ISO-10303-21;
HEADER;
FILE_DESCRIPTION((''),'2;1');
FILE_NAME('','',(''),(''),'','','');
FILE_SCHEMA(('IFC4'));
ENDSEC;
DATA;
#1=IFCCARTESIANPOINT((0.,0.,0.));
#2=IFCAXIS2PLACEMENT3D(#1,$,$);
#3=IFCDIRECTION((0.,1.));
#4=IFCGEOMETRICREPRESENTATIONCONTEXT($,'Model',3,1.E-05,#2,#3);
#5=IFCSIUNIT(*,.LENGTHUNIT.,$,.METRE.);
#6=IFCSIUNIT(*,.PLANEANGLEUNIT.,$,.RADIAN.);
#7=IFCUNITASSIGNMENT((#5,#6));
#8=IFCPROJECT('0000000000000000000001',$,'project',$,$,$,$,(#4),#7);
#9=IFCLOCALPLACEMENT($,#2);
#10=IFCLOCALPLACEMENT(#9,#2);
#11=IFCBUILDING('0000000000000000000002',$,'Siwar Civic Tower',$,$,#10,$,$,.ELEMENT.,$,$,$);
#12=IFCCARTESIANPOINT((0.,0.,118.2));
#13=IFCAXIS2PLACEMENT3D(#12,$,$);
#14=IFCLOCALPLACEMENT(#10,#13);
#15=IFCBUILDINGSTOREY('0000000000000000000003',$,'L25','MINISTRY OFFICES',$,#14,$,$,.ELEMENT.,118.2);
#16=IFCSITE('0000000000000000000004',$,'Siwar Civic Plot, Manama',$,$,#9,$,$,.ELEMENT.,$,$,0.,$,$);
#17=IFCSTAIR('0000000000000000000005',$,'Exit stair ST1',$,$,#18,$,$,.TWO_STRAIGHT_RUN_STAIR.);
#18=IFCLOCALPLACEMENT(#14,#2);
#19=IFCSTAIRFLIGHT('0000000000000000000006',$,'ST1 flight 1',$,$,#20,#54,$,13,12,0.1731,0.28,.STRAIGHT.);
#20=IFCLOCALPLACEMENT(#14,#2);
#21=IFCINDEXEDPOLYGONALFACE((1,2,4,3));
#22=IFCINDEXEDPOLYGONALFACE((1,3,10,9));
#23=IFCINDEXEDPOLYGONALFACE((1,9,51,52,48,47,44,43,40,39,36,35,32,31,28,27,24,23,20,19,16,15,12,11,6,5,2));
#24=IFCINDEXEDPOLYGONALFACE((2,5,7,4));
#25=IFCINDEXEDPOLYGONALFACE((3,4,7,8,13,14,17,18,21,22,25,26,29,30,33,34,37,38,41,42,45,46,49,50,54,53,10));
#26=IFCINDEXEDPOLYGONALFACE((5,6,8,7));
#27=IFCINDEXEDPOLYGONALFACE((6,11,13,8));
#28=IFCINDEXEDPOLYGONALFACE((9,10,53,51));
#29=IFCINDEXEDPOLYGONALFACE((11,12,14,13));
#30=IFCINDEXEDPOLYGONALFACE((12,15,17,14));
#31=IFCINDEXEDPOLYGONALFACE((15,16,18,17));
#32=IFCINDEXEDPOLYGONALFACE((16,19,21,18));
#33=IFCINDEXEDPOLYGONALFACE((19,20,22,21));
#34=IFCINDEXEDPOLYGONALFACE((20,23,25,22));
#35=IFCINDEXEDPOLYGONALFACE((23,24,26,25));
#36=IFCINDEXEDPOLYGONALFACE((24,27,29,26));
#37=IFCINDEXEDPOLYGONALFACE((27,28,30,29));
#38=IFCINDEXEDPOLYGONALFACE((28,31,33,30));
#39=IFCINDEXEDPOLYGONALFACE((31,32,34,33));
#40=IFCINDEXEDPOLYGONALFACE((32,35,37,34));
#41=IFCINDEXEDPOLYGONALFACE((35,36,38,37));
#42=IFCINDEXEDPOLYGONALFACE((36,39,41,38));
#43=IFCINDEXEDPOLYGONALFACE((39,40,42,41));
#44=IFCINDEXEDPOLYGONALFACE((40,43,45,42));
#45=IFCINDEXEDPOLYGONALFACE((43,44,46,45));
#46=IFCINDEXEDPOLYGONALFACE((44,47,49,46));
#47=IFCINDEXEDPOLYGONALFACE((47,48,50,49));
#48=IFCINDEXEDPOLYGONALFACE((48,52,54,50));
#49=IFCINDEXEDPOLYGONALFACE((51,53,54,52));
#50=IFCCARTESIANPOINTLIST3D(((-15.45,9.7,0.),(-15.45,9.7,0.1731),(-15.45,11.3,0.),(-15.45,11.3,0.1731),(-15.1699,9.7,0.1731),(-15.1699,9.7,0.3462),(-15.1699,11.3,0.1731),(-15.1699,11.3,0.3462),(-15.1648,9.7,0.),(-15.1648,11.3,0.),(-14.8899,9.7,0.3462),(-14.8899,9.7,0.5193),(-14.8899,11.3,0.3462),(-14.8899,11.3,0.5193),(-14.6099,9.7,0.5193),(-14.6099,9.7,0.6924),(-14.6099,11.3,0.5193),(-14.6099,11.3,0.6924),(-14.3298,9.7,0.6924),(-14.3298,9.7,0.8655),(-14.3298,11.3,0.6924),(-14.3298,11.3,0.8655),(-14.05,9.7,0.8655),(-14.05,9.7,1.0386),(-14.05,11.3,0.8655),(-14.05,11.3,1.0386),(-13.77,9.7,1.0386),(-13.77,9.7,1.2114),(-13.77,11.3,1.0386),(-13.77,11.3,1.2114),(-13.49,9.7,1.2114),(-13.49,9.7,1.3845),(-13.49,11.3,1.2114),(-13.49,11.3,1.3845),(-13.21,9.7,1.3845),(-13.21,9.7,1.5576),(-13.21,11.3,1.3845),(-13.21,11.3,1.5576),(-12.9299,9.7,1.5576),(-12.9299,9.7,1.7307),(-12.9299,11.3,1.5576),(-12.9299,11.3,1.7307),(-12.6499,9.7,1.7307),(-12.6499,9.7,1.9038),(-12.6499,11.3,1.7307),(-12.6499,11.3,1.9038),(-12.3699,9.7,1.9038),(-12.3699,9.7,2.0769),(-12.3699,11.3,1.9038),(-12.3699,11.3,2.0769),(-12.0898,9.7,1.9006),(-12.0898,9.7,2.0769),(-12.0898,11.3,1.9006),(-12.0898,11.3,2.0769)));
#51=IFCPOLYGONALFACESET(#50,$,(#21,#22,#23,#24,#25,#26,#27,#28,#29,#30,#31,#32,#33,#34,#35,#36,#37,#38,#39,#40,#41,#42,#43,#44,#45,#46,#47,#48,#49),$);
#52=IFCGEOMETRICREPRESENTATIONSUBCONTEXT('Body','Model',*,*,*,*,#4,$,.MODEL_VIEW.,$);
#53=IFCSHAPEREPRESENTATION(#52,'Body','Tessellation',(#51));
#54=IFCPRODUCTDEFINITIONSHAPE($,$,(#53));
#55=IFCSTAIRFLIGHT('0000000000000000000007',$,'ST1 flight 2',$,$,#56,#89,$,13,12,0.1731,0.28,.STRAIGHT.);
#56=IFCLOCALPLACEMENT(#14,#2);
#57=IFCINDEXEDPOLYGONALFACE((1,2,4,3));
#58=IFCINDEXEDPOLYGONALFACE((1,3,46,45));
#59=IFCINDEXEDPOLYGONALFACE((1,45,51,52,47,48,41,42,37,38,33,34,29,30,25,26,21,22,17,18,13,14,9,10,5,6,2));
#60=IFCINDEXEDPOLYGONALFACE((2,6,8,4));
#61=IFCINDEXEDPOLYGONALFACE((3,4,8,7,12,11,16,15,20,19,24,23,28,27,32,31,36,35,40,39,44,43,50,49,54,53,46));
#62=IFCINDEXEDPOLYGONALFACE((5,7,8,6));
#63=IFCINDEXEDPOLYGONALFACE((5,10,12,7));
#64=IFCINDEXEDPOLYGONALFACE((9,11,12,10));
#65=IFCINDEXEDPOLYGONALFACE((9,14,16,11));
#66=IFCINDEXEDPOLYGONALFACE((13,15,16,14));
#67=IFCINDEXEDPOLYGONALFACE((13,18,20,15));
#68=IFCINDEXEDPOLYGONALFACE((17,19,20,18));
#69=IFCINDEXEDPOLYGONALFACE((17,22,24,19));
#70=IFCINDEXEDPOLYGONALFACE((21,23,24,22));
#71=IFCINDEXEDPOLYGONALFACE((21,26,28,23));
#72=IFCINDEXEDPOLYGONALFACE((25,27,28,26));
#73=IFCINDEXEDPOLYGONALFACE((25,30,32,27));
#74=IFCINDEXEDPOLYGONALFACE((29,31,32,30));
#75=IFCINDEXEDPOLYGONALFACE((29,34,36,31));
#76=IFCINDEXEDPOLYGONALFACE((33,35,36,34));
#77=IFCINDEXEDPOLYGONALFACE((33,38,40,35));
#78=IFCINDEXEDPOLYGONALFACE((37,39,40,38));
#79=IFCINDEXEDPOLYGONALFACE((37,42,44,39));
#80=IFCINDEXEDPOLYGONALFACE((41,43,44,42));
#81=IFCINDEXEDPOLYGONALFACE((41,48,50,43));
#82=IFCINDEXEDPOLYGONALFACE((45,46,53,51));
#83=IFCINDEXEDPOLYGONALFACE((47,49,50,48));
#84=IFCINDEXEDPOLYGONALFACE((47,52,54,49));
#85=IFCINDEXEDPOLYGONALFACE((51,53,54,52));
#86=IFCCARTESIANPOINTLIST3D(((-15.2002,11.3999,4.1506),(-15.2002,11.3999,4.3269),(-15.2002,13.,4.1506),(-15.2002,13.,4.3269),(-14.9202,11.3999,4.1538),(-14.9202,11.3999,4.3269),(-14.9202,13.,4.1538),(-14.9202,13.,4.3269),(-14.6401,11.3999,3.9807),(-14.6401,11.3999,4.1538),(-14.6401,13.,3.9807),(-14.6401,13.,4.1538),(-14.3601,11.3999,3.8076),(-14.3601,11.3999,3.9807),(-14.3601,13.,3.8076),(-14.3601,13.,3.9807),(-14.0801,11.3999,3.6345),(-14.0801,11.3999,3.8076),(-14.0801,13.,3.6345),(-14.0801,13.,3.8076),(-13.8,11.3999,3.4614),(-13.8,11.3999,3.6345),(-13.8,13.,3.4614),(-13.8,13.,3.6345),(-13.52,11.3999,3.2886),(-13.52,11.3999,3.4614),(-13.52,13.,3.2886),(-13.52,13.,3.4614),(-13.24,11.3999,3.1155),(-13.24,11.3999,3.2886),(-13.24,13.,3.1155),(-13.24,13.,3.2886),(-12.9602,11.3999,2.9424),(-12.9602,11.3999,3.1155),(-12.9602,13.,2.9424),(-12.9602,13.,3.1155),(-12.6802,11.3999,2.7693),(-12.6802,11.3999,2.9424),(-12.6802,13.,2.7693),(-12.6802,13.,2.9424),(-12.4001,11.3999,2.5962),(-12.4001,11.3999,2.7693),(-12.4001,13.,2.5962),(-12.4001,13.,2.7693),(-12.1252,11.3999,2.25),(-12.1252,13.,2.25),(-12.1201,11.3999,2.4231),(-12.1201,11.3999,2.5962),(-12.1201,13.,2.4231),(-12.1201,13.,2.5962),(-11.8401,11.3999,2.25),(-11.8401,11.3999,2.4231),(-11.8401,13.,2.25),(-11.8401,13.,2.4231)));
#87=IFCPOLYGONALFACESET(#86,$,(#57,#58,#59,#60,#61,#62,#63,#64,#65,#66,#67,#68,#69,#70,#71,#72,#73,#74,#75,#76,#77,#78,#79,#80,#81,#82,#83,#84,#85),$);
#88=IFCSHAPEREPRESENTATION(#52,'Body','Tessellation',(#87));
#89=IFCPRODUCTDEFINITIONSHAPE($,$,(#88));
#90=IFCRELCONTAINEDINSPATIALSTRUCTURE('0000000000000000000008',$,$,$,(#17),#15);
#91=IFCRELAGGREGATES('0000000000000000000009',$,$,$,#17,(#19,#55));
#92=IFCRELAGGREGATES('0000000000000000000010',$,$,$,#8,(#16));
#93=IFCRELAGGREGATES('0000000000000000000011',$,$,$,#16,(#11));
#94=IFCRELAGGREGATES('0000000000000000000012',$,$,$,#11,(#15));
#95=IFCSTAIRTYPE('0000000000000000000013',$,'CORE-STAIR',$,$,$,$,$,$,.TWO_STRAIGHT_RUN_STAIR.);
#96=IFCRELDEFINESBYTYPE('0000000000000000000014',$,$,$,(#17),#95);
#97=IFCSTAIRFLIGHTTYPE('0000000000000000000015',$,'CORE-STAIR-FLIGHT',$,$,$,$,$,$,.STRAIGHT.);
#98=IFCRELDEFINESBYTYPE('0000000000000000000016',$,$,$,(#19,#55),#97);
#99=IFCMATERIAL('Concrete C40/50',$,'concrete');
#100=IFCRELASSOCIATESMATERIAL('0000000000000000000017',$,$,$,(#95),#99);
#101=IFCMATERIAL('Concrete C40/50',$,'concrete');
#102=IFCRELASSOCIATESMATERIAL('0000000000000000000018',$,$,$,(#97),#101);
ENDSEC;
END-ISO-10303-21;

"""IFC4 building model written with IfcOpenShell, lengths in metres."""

from ifc_helpers import new_model, si_unit, direction, frame, origin, place, context, subcontext, project, spatial, polyline, outline, extrude, material, type_object, element, aggregate, save


model = new_model("IFC4")

# Units and contexts
model_context = context("Model", 3, precision=1e-05, world=origin(), true_north=direction((0.0, 1.0)))
body_context = subcontext(model_context, "Body", "Model", "MODEL_VIEW")
ifc_project = project(units=[si_unit("LENGTHUNIT", "METRE"), si_unit("PLANEANGLEUNIT", "RADIAN")], contexts=[model_context])

# Site, building, storey
site_placement = place(None, origin())
site = spatial("IfcSite", under=ifc_project, at=site_placement, Name="Siwar Civic Plot, Manama", CompositionType="ELEMENT", RefElevation=0.0)
building_placement = place(site_placement, origin())
building = spatial("IfcBuilding", under=site, at=building_placement, Name="Siwar Civic Tower", CompositionType="ELEMENT")
storey_placement = place(building_placement, frame((0.0, 0.0, 118.2)))
storey = spatial("IfcBuildingStorey", under=building, at=storey_placement, Name="L25", Description="MINISTRY OFFICES", CompositionType="ELEMENT", Elevation=118.2)

# Stair, stair flights
ifc_material_1 = material(Name="Concrete C40/50", Category="concrete")
stair_type = type_object("IfcStairType", Name="CORE-STAIR", PredefinedType="TWO_STRAIGHT_RUN_STAIR", material=ifc_material_1)
stair_placement = place(storey_placement, origin())
stair = element("IfcStair", 1, at=stair_placement, inside=storey, type_object=stair_type, Name="Exit stair ST1", PredefinedType="TWO_STRAIGHT_RUN_STAIR")
ifc_material_2 = material(Name="Concrete C40/50", Category="concrete")
stair_flight_type = type_object("IfcStairFlightType", Name="CORE-STAIR-FLIGHT", PredefinedType="STRAIGHT", material=ifc_material_2)
stair_flight_1_placement = place(storey_placement, frame((-15.45, 10.5, 0.0), z_axis=(0.0, 0.0, 1.0), x_axis=(1.0, 0.0, 0.0)))
stair_flight_1 = element("IfcStairFlight", 2, at=stair_flight_1_placement, type_object=stair_flight_type, Name="ST1 flight 1", NumberOfRisers=13, NumberOfTreads=12, PredefinedType="STRAIGHT", RiserHeight=0.1731, TreadLength=0.28, context=body_context, shape_type="SweptSolid", body=[
    extrude(outline(polyline([(0.0, 0.0), (0.0, 0.1731), (0.28, 0.1731), (0.28, 0.3462), (0.5601, 0.3462), (0.5601, 0.5193), (0.8401, 0.5193), (0.8401, 0.6924), (1.1201, 0.6924), (1.1201, 0.8655), (1.3999, 0.8655), (1.3999, 1.0386), (1.6799, 1.0386), (1.6799, 1.2114), (1.96, 1.2114), (1.96, 1.3845), (2.24, 1.3845), (2.24, 1.5576), (2.52, 1.5576), (2.52, 1.7307), (2.8, 1.7307), (2.8, 1.9038), (3.0801, 1.9038), (3.0801, 2.0769), (3.3601, 2.0769), (3.3601, 2.25), (3.3601, 1.9006), (0.2852, 0.0), (0.0, 0.0)])), frame((0.0, 0.8, 0.0), z_axis=(0.0, -1.0, 0.0), x_axis=(1.0, 0.0, 0.0)), (0.0, 0.0, 1.0), 1.6001),
])
stair_flight_2_placement = place(storey_placement, frame((-11.8401, 12.2, 2.25), z_axis=(0.0, 0.0, 1.0), x_axis=(-1.0, 0.0, 0.0)))
stair_flight_2 = element("IfcStairFlight", 3, at=stair_flight_2_placement, type_object=stair_flight_type, Name="ST1 flight 2", NumberOfRisers=13, NumberOfTreads=12, PredefinedType="STRAIGHT", RiserHeight=0.1731, TreadLength=0.28, context=body_context, shape_type="SweptSolid", body=[
    extrude(outline(polyline([(0.0, 0.0), (0.0, 0.1731), (0.28, 0.1731), (0.28, 0.3462), (0.5601, 0.3462), (0.5601, 0.5193), (0.8401, 0.5193), (0.8401, 0.6924), (1.1201, 0.6924), (1.1201, 0.8655), (1.3999, 0.8655), (1.3999, 1.0386), (1.6799, 1.0386), (1.6799, 1.2114), (1.96, 1.2114), (1.96, 1.3845), (2.24, 1.3845), (2.24, 1.5576), (2.52, 1.5576), (2.52, 1.7307), (2.8, 1.7307), (2.8, 1.9038), (3.0801, 1.9038), (3.0801, 2.0769), (3.3601, 2.0769), (3.3601, 2.25), (3.3601, 1.9006), (0.2852, 0.0), (0.0, 0.0)])), frame((0.0, 0.8, 0.0), z_axis=(0.0, -1.0, 0.0), x_axis=(1.0, 0.0, 0.0)), (0.0, 0.0, 1.0), 1.6001),
])
aggregate(stair, [stair_flight_1, stair_flight_2])

save(model, "model.ifc")
